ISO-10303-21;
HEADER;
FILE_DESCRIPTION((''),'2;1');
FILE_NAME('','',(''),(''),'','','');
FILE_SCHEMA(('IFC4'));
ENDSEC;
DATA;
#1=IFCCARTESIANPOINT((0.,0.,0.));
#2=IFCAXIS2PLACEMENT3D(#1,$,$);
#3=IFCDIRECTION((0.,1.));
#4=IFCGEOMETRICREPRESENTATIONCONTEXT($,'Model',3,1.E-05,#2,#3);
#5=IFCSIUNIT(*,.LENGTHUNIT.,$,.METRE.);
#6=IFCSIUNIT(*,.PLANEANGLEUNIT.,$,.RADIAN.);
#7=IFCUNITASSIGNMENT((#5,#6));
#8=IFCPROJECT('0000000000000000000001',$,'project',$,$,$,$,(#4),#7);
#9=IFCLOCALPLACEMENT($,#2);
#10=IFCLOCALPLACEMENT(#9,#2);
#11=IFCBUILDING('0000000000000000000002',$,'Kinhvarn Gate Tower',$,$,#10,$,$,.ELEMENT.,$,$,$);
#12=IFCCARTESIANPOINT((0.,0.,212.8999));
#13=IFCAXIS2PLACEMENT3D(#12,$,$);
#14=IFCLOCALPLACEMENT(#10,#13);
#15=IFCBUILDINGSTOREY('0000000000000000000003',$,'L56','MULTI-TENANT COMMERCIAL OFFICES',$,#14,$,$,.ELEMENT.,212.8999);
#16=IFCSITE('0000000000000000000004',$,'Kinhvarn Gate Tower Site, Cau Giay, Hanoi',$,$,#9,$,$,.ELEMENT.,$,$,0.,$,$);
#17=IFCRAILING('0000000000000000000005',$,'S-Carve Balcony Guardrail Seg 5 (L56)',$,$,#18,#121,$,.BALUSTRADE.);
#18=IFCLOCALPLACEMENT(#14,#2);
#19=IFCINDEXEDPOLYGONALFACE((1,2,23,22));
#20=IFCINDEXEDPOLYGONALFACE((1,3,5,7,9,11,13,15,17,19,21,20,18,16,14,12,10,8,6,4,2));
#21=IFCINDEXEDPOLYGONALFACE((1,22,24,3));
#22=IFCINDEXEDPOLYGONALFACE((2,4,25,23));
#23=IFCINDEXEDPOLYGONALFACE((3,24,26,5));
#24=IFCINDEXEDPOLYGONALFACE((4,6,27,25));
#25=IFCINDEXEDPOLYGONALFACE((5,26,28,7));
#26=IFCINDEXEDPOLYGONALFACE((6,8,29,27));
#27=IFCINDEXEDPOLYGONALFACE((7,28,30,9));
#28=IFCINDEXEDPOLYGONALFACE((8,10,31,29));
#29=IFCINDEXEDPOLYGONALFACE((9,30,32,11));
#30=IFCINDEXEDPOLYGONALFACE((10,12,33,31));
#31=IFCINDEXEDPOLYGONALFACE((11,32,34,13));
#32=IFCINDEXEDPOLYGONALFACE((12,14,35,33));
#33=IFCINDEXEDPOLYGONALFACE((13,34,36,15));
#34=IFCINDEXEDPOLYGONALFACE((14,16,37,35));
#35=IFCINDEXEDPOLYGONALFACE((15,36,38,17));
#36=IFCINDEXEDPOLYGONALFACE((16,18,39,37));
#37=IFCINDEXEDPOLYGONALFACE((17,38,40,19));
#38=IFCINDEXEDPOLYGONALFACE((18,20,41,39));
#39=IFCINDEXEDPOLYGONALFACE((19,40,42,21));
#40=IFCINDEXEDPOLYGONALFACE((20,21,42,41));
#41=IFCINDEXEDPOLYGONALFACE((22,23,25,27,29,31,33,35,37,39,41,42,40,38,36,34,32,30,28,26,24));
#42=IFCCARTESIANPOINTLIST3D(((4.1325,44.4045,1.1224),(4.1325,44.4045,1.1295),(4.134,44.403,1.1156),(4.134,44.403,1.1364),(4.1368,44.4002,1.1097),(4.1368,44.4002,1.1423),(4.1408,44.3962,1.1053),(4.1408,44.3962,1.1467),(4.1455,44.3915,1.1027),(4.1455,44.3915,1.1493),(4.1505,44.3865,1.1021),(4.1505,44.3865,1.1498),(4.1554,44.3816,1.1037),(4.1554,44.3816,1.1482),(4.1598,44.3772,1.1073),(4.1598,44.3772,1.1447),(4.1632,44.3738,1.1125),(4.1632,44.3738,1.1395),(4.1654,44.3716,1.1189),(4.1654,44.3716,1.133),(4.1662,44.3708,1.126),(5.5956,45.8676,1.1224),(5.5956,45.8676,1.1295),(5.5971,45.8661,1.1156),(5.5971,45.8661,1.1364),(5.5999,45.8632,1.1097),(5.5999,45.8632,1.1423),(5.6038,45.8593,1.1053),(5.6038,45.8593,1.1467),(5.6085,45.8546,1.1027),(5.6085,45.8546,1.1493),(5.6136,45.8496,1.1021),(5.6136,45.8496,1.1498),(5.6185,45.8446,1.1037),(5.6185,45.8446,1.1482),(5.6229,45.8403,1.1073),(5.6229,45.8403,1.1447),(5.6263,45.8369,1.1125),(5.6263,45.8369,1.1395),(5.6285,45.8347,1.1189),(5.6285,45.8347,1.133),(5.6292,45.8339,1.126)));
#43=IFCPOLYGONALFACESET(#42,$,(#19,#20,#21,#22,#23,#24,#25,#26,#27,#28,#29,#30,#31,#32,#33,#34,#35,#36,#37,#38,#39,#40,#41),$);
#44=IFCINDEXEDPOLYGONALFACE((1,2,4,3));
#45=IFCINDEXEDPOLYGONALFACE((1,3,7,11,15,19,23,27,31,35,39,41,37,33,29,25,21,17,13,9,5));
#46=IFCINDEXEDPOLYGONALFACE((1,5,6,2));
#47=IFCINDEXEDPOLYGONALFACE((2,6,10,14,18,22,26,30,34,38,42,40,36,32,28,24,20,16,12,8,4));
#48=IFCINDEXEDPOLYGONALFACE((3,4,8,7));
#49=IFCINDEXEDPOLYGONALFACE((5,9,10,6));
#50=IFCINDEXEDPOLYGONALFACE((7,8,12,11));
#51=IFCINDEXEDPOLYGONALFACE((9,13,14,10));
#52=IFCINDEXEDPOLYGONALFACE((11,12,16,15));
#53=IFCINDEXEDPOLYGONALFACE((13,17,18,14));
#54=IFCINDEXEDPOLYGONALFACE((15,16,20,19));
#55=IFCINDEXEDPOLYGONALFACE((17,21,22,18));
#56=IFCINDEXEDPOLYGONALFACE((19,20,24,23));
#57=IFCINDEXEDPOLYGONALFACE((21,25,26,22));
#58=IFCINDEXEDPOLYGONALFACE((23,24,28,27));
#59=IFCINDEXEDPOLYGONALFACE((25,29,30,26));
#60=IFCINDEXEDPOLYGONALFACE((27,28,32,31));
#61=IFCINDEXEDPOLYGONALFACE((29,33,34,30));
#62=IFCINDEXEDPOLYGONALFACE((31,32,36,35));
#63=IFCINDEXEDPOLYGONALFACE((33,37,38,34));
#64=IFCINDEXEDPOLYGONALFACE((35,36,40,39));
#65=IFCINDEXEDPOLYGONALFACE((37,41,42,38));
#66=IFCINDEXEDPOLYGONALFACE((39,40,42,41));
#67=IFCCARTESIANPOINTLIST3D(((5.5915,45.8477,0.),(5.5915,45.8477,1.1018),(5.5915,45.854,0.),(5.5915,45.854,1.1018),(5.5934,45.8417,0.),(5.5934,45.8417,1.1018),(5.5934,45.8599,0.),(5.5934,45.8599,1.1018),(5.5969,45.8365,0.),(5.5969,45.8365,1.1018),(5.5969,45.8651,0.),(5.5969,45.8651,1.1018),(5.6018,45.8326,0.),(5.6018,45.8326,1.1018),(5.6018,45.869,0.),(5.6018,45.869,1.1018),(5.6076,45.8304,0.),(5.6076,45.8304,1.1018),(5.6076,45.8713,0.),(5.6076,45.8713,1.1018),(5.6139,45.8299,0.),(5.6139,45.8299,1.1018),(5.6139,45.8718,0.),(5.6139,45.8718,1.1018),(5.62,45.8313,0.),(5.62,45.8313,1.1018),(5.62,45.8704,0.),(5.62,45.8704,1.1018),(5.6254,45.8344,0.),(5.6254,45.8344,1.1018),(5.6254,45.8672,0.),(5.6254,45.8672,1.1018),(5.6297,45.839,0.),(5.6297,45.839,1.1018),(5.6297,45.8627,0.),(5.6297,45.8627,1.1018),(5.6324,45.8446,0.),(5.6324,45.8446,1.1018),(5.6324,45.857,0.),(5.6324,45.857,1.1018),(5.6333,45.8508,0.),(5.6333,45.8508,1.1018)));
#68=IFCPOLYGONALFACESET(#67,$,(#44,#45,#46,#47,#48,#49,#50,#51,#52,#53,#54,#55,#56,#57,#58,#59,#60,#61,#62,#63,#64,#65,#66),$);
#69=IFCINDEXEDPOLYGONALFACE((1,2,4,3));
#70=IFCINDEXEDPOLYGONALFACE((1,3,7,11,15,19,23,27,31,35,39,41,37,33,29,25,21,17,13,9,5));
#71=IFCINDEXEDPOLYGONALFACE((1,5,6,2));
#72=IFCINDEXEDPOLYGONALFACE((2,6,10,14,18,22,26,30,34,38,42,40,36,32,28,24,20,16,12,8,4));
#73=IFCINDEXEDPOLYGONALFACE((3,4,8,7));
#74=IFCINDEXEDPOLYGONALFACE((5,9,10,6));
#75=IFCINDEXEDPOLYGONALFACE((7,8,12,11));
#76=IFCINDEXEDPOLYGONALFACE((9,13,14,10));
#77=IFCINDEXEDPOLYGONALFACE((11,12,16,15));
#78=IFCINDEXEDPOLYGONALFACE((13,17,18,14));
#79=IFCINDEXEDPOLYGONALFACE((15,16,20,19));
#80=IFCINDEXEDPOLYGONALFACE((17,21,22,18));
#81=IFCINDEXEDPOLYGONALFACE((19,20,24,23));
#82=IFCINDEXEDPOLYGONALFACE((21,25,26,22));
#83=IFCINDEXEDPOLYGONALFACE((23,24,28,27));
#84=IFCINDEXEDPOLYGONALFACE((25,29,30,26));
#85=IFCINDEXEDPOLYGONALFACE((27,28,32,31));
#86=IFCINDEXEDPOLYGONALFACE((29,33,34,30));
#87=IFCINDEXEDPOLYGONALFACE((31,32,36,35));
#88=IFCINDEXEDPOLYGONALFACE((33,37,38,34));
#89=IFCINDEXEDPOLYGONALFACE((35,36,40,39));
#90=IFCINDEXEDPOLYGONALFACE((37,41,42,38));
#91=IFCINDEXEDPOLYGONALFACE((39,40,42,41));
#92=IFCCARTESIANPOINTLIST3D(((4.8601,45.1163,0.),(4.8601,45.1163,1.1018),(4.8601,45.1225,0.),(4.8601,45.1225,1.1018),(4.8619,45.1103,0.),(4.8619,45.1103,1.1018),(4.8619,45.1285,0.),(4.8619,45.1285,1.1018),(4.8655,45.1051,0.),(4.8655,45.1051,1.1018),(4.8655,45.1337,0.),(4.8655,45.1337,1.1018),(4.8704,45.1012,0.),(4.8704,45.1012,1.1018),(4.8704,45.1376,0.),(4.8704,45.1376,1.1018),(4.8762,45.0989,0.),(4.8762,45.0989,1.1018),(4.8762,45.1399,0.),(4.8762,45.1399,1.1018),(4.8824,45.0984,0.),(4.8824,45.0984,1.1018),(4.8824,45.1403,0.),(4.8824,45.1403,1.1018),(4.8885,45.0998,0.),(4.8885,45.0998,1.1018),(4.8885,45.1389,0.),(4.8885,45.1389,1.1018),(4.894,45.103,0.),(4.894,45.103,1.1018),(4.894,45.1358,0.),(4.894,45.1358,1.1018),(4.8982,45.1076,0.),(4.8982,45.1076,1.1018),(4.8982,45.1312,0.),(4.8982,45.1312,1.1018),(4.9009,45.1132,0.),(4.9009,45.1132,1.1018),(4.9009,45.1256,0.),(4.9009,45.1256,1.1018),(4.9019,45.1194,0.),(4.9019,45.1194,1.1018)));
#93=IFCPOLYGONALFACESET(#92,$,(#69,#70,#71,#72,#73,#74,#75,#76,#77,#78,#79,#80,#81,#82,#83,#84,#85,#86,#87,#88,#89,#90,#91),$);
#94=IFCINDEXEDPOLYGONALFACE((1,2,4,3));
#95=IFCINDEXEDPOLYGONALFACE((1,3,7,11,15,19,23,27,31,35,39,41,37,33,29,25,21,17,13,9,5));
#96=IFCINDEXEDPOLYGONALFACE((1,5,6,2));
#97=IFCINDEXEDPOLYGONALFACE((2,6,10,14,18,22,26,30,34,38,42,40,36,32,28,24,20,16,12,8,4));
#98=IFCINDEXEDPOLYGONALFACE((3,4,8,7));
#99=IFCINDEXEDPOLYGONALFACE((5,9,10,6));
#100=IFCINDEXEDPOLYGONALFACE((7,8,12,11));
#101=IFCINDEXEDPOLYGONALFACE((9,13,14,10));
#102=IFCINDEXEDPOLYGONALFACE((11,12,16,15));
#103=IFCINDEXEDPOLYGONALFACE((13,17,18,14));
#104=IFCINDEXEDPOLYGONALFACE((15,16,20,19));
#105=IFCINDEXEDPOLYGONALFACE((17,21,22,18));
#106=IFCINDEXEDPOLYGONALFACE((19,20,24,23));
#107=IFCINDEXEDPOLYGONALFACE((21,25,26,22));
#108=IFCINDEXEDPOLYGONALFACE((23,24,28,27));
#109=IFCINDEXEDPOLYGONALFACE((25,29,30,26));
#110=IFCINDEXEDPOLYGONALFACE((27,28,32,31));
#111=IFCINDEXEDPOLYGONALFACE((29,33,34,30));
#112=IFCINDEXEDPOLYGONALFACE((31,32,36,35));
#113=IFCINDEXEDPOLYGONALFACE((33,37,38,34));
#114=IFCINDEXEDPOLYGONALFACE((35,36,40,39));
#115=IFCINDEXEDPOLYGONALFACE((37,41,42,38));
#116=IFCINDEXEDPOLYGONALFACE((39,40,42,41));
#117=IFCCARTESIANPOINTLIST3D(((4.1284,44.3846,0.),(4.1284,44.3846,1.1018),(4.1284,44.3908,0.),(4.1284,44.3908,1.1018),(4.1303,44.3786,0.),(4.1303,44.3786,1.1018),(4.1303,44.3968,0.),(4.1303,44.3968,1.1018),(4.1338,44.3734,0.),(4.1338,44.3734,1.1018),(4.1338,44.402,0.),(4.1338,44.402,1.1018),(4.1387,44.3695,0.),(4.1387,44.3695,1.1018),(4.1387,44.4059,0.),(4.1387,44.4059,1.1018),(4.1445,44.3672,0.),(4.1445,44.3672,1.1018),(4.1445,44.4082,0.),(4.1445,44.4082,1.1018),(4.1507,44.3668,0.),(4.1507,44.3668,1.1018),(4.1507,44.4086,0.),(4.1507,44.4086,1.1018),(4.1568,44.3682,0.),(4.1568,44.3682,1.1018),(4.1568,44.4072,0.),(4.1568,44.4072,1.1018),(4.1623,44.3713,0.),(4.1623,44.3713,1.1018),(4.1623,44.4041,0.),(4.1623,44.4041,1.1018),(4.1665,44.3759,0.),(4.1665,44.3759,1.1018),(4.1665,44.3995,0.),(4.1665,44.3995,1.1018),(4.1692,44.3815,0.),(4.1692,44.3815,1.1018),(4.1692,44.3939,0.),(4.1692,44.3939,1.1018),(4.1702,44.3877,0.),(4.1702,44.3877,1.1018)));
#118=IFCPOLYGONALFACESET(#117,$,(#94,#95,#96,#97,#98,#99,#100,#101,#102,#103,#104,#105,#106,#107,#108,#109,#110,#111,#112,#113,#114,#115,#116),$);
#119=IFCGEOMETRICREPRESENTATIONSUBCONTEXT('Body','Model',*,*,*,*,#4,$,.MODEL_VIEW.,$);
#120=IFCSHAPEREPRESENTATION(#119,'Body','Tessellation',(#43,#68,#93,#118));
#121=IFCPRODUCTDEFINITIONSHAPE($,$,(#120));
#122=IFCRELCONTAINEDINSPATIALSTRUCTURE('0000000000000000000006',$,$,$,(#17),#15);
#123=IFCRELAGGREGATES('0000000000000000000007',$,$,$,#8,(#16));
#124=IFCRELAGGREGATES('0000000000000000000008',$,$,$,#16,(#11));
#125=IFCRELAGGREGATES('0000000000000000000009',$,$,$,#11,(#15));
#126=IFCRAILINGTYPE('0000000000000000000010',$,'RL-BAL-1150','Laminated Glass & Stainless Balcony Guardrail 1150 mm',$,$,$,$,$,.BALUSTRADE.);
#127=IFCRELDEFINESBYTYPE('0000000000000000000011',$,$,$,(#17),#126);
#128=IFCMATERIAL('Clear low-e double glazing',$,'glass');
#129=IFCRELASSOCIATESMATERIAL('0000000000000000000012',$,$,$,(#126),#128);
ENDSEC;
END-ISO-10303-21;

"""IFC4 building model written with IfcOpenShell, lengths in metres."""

from ifc_helpers import new_model, si_unit, direction, frame, origin, origin_2d, place, context, subcontext, project, spatial, circle, extrude, material, type_object, element, save


model = new_model("IFC4")

# Units and contexts
model_context = context("Model", 3, precision=1e-05, world=origin(), true_north=direction((0.0, 1.0)))
body_context = subcontext(model_context, "Body", "Model", "MODEL_VIEW")
ifc_project = project(units=[si_unit("LENGTHUNIT", "METRE"), si_unit("PLANEANGLEUNIT", "RADIAN")], contexts=[model_context])

# Site, building, storey
site_placement = place(None, origin())
site = spatial("IfcSite", under=ifc_project, at=site_placement, Name="Kinhvarn Gate Tower Site, Cau Giay, Hanoi", CompositionType="ELEMENT", RefElevation=0.0)
building_placement = place(site_placement, origin())
building = spatial("IfcBuilding", under=site, at=building_placement, Name="Kinhvarn Gate Tower", CompositionType="ELEMENT")
storey_placement = place(building_placement, frame((0.0, 0.0, 212.8999)))
storey = spatial("IfcBuildingStorey", under=building, at=storey_placement, Name="L56", Description="MULTI-TENANT COMMERCIAL OFFICES", CompositionType="ELEMENT", Elevation=212.8999)

# Shared definitions
ifc_material_1 = material(Name="Clear low-e double glazing", Category="glass")

# Railing
railing_type = type_object("IfcRailingType", Name="RL-BAL-1150", Description="Laminated Glass & Stainless Balcony Guardrail 1150 mm", PredefinedType="BALUSTRADE", material=ifc_material_1)
railing_1_placement = place(storey_placement, frame((5.6123, 45.8508, 0.0)))
element("IfcRailing", 1, at=railing_1_placement, inside=storey, type_object=railing_type, Name="S-Carve Balcony Guardrail Seg 5 (L56)", PredefinedType="BALUSTRADE", context=body_context, shape_type="SweptSolid", body=[
    extrude(circle(Radius=0.0239, at=origin_2d()), frame((0.0, 0.0, 1.126), z_axis=(-0.707107, -0.707107, 0.0), x_axis=(0.707107, -0.707107, 0.0)), (0.0, 0.0, 1.0), 2.0691),
    extrude(circle(Radius=0.021, at=origin_2d()), origin(), (0.0, 0.0, 1.0), 1.1018),
    extrude(circle(Radius=0.021, at=origin_2d()), frame((-0.7314, -0.7314, 0.0)), (0.0, 0.0, 1.0), 1.1018),
    extrude(circle(Radius=0.021, at=origin_2d()), frame((-1.4631, -1.4631, 0.0)), (0.0, 0.0, 1.0), 1.1018),
])

save(model, "model.ifc")
